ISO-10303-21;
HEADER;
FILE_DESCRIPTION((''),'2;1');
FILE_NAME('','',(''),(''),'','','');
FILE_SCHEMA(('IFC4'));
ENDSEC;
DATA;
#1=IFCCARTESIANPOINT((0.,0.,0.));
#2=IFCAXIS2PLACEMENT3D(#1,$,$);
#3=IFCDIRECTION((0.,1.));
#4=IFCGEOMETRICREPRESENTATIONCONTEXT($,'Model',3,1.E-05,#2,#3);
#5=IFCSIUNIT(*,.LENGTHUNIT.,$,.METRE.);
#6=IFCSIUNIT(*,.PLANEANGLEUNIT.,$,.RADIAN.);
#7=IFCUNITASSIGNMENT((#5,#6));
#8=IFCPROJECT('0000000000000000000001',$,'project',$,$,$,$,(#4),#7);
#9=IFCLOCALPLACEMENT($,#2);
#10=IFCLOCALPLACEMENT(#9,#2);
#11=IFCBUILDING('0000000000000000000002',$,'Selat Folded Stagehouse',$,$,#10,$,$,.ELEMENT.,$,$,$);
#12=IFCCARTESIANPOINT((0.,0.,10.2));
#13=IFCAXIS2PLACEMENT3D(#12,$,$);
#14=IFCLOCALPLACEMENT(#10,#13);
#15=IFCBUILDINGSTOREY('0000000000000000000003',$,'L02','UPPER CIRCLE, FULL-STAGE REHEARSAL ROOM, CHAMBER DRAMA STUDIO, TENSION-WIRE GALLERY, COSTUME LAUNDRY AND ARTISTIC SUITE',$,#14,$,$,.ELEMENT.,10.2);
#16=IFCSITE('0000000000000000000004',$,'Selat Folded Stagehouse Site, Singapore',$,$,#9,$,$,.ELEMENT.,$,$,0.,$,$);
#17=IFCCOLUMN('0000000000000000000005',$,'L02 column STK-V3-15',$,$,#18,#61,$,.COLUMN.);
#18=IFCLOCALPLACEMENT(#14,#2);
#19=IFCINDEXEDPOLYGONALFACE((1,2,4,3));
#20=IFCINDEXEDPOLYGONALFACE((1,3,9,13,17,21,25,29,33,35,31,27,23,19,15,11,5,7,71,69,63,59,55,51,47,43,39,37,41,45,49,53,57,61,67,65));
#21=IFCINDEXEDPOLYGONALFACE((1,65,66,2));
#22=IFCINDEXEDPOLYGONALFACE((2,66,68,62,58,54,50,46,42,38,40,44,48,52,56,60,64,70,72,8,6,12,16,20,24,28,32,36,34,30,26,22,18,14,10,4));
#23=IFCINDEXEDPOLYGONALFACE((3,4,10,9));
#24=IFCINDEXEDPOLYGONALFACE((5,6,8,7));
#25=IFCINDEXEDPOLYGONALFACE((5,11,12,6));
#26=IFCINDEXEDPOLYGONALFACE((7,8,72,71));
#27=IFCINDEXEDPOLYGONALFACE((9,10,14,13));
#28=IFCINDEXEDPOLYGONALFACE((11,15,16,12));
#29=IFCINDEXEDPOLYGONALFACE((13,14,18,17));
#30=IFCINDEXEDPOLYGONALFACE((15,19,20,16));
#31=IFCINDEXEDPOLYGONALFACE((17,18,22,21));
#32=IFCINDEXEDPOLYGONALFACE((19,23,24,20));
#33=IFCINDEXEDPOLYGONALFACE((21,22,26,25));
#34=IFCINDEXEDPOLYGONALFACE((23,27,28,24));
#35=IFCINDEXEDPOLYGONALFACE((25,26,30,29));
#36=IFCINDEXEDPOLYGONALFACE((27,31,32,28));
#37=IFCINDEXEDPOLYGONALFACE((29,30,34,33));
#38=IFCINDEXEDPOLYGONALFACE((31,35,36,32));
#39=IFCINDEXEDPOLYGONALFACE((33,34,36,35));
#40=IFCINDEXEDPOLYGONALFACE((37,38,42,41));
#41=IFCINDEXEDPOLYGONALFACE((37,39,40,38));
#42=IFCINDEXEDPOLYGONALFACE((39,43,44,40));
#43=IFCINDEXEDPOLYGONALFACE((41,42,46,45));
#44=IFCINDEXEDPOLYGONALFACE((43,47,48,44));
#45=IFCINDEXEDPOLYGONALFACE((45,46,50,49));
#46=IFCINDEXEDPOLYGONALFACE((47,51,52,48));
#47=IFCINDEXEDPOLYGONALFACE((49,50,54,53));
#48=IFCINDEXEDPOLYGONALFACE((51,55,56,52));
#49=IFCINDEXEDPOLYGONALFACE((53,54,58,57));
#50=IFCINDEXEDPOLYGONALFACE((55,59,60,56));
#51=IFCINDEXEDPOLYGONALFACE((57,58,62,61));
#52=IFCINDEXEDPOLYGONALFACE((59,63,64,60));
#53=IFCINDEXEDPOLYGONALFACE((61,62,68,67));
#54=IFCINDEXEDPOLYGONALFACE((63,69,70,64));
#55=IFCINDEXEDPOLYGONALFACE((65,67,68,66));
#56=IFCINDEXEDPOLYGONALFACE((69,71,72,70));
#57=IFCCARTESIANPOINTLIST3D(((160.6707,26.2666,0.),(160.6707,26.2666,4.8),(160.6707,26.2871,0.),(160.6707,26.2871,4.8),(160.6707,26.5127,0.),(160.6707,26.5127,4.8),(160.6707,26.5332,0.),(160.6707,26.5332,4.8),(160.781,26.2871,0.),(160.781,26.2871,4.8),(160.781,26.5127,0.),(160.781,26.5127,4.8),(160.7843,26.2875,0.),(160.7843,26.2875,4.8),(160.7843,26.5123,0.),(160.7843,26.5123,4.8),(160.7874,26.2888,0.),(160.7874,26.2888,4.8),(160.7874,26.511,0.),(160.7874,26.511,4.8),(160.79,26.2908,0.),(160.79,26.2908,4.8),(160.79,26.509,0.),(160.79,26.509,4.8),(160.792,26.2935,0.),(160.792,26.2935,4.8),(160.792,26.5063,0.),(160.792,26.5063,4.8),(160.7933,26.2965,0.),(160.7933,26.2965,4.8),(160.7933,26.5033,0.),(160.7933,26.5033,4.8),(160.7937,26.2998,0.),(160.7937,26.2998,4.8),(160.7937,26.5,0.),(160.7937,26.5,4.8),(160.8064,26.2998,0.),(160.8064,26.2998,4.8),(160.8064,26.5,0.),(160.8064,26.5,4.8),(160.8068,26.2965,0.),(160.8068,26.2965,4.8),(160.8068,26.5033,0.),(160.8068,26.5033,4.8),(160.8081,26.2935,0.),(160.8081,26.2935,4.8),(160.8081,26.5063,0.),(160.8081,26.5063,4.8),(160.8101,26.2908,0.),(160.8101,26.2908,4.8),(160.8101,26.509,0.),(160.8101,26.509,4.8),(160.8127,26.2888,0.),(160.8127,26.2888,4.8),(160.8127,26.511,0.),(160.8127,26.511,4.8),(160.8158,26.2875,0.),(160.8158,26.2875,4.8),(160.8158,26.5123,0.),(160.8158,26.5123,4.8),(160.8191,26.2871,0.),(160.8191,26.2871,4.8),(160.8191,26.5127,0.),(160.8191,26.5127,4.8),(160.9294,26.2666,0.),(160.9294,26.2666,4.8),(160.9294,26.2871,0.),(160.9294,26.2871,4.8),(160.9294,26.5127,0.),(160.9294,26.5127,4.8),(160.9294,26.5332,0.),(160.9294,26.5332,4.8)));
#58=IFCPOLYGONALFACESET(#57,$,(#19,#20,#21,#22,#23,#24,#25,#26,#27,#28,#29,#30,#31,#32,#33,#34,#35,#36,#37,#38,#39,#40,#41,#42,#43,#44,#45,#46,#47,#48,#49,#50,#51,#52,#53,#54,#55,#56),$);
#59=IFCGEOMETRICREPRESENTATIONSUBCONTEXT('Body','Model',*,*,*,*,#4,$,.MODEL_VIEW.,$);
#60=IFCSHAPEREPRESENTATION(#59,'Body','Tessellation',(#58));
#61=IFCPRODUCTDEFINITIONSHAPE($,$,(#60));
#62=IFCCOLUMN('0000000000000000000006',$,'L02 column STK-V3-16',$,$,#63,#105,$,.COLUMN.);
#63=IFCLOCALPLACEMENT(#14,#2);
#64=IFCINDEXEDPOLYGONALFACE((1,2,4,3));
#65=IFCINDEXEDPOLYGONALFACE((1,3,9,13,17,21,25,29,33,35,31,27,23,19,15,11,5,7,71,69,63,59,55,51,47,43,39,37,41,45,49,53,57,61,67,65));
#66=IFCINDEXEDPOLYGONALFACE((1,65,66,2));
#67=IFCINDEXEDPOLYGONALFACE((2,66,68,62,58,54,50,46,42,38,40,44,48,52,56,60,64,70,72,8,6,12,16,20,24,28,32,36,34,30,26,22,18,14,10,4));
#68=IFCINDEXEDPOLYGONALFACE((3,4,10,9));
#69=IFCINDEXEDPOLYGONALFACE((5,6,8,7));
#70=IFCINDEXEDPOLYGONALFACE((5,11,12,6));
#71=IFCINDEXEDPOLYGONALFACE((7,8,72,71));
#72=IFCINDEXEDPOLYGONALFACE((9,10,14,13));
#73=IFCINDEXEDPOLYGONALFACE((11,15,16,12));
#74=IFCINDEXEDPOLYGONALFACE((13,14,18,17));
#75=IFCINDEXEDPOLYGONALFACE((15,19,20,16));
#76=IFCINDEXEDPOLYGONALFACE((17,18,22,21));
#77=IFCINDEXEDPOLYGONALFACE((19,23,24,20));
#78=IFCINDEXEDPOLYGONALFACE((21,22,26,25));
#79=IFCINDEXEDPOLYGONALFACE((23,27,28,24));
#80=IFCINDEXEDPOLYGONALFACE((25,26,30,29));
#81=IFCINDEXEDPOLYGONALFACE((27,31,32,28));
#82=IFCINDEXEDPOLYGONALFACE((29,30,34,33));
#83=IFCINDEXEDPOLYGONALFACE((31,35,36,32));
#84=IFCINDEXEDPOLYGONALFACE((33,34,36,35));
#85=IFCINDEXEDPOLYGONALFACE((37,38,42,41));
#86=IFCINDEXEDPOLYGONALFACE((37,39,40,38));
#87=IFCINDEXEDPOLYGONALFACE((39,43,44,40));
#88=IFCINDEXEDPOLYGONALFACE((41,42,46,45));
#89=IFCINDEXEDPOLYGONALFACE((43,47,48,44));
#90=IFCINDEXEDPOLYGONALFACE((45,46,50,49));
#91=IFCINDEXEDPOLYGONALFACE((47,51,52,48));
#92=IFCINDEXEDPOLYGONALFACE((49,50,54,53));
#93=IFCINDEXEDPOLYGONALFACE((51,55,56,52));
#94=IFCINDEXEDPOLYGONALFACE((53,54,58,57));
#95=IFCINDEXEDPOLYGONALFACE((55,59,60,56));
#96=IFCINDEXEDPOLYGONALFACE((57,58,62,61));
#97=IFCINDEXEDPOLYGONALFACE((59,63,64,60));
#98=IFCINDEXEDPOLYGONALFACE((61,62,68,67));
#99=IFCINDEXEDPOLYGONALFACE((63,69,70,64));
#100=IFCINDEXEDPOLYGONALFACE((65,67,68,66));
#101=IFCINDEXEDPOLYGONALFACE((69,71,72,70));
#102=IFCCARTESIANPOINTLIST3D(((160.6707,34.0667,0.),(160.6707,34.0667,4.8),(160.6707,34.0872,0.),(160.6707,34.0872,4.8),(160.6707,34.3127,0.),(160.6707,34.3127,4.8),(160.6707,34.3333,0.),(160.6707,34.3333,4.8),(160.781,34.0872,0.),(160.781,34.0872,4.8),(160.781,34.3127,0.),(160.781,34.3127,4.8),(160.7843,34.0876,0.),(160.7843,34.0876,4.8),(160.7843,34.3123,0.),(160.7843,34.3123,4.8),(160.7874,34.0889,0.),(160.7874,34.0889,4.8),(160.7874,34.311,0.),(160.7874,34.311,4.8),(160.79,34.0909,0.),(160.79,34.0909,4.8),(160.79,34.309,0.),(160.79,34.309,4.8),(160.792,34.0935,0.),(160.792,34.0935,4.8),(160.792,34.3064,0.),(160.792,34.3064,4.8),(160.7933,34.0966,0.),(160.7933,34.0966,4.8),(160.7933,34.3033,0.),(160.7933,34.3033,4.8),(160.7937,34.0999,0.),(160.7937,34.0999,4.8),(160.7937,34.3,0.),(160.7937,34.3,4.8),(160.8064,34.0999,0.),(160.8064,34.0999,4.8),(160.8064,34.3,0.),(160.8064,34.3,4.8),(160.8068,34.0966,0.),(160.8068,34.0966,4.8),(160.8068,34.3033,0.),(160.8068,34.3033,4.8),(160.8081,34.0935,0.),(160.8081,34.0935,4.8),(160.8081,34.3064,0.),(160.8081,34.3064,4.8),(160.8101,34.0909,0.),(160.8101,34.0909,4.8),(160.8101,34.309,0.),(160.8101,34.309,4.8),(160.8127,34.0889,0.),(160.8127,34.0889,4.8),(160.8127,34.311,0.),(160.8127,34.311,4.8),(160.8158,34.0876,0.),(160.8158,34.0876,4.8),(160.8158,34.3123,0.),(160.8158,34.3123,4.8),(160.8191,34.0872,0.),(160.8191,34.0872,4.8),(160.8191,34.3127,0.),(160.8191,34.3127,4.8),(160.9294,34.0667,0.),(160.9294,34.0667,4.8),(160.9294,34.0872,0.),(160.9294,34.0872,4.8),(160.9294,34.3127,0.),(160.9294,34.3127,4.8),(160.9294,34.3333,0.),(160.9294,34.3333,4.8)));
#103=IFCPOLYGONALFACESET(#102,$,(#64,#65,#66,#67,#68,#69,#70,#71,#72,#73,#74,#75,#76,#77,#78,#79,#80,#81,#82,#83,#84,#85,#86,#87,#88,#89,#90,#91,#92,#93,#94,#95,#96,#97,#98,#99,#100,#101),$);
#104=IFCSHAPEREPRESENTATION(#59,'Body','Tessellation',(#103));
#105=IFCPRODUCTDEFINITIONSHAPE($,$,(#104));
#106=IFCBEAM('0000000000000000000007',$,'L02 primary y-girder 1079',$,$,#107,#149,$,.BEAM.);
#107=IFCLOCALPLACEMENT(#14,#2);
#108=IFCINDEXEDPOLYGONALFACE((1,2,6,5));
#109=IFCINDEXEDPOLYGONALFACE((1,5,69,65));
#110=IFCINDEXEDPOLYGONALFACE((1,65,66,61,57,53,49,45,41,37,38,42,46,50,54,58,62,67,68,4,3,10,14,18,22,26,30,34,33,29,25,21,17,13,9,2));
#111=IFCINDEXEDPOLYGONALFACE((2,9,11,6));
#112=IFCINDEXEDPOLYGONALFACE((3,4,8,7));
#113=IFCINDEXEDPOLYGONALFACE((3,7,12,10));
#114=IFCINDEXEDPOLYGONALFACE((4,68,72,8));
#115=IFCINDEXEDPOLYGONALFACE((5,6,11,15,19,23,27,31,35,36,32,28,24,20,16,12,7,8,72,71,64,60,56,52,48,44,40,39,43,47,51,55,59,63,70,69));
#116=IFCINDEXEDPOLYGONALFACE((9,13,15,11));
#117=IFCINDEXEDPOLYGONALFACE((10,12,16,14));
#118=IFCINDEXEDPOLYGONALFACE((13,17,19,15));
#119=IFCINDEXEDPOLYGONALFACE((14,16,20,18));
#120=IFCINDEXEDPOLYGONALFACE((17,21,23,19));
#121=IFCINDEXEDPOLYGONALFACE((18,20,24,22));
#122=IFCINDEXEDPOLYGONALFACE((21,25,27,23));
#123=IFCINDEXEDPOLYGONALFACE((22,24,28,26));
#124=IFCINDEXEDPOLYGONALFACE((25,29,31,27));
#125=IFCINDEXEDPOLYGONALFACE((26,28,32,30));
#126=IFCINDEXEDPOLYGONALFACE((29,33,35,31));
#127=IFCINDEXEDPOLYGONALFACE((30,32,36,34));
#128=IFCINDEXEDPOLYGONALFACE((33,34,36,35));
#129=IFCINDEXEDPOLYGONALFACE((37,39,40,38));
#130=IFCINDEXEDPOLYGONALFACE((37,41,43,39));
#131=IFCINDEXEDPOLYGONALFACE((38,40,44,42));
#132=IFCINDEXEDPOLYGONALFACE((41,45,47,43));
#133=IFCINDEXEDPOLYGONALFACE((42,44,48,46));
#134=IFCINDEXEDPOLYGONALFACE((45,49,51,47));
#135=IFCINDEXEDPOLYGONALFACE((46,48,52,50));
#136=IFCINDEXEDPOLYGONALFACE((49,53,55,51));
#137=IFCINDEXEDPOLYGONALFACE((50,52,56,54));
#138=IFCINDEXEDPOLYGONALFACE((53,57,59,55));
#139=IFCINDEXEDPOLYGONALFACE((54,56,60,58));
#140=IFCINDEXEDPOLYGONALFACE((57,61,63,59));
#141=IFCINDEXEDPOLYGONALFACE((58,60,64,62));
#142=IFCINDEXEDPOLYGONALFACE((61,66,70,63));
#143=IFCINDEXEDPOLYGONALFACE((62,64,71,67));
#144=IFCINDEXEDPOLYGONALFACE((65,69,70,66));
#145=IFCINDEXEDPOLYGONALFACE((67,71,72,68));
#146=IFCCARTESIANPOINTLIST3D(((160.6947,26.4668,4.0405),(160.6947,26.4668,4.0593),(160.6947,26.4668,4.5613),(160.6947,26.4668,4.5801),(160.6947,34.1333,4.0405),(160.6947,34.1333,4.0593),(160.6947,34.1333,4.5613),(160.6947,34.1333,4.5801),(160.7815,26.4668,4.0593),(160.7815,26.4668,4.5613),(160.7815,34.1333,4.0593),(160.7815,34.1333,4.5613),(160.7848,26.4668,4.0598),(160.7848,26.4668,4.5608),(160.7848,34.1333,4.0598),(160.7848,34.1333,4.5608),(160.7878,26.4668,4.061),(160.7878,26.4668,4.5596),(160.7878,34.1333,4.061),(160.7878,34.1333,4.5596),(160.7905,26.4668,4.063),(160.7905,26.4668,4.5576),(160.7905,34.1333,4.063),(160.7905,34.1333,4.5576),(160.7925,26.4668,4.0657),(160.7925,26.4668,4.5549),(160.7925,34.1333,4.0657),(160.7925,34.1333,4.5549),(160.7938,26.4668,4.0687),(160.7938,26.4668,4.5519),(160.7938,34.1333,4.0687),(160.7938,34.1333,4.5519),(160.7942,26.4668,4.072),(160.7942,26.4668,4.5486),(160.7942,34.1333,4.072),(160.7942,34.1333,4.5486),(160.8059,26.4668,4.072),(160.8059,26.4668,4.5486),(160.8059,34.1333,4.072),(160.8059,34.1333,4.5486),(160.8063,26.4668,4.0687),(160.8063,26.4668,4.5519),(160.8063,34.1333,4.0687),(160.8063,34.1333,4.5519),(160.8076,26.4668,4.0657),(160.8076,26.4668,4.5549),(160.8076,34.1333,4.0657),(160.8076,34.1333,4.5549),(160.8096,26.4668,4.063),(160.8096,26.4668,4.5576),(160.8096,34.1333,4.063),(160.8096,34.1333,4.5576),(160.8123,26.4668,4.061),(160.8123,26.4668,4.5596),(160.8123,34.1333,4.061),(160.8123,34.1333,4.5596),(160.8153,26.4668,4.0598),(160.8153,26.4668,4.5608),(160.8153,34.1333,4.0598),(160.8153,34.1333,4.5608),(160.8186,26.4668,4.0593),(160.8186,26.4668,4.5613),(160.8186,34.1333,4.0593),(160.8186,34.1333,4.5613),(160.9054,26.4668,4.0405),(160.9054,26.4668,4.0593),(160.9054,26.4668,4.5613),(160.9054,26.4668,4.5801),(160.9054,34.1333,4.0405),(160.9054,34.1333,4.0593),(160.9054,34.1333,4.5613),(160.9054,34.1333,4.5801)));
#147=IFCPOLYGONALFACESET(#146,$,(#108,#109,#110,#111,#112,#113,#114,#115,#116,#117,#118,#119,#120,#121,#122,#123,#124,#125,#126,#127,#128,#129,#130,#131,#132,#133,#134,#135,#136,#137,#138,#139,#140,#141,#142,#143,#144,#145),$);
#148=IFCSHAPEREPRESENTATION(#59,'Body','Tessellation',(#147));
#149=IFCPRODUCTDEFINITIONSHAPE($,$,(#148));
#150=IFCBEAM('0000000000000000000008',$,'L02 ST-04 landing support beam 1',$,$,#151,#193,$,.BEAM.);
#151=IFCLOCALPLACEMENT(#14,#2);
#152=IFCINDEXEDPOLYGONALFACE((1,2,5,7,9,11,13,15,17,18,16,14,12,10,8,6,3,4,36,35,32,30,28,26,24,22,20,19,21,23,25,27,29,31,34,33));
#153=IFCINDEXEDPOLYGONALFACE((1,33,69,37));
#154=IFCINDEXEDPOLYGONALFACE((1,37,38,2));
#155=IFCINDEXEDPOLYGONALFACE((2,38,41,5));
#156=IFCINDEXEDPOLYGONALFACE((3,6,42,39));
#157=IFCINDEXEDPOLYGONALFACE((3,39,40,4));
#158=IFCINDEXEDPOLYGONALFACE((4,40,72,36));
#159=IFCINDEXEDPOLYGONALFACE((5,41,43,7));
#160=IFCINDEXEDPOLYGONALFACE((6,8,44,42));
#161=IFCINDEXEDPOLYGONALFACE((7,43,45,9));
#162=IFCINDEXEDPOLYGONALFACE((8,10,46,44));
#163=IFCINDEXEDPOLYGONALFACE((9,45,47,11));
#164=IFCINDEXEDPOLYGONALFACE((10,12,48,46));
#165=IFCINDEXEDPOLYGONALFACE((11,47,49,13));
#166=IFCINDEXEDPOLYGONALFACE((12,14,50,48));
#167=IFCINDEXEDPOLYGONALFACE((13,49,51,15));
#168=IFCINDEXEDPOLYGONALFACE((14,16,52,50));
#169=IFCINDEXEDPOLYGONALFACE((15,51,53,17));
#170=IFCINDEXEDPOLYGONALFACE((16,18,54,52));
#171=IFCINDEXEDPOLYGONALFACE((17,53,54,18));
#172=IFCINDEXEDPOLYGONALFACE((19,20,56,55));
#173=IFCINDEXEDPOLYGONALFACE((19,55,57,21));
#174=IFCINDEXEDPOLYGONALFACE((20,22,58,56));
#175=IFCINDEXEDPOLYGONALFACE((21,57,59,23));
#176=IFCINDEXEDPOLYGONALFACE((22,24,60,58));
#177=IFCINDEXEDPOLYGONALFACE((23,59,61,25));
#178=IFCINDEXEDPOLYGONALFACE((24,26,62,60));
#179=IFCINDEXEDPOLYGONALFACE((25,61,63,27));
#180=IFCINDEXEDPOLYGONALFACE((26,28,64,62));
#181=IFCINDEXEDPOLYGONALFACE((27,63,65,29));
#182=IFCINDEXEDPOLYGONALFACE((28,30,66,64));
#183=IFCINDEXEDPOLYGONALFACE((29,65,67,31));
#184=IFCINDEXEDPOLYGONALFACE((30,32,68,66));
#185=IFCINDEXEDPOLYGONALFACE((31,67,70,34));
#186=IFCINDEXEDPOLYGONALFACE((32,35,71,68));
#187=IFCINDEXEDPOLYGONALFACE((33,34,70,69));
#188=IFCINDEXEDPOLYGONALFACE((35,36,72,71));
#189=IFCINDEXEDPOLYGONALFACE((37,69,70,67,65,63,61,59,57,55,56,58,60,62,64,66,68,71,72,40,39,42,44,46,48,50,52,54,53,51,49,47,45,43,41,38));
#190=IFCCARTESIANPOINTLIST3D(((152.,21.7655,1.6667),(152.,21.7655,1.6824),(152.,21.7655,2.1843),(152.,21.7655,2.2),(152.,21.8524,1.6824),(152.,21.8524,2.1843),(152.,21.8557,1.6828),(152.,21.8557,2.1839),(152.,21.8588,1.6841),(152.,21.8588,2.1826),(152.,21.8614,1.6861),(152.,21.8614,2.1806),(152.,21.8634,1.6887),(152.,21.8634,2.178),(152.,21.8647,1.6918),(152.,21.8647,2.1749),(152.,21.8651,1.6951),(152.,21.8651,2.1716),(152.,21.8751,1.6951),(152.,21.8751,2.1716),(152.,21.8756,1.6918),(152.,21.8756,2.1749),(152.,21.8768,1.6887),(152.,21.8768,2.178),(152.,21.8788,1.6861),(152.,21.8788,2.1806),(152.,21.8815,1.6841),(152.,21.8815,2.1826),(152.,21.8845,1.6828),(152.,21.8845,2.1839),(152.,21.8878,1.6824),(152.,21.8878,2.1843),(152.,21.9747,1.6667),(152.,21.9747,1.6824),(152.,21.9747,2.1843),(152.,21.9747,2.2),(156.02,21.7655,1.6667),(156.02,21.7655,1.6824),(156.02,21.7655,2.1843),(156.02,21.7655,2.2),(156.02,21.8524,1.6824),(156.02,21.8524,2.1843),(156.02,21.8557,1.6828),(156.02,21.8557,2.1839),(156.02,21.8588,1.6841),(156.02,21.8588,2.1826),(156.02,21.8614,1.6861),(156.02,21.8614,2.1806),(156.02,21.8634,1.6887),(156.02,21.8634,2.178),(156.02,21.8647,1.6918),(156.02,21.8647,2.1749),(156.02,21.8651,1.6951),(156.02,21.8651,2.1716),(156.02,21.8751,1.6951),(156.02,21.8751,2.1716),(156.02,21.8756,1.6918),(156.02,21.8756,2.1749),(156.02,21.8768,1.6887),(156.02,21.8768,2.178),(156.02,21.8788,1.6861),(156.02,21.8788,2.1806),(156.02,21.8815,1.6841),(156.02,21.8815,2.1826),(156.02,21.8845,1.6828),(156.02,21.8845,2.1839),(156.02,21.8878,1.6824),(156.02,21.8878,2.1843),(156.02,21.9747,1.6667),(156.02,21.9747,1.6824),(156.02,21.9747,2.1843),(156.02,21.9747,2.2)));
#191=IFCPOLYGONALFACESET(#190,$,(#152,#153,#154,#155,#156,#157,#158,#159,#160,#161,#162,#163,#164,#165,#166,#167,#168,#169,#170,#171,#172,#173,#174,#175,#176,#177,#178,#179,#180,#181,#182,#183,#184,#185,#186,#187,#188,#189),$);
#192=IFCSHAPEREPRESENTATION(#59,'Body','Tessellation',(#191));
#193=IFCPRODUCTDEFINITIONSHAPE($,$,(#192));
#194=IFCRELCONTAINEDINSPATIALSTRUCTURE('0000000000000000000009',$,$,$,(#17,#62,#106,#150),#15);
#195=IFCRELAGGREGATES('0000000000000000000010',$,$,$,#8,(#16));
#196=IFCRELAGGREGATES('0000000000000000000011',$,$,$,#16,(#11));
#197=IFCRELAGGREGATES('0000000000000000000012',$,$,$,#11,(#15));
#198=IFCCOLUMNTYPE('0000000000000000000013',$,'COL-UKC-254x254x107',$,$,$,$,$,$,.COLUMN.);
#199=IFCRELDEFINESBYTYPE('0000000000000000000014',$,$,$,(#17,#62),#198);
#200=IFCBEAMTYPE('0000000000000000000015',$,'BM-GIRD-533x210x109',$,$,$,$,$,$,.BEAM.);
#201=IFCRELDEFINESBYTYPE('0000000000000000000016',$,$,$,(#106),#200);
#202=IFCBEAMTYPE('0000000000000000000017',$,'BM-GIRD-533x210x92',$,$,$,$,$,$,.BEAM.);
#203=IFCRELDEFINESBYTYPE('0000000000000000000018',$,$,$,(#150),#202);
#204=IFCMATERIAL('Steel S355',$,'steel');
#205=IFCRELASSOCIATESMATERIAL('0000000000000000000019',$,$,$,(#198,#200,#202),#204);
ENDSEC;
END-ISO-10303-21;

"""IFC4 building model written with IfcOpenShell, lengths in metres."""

from ifc_helpers import new_model, si_unit, direction, frame, origin, origin_2d, place, context, subcontext, project, spatial, i_section, extrude, material, material_profile, profile_set, type_object, element, save


model = new_model("IFC4")

# Units and contexts
model_context = context("Model", 3, precision=1e-05, world=origin(), true_north=direction((0.0, 1.0)))
body_context = subcontext(model_context, "Body", "Model", "MODEL_VIEW")
ifc_project = project(units=[si_unit("LENGTHUNIT", "METRE"), si_unit("PLANEANGLEUNIT", "RADIAN")], contexts=[model_context])

# Site, building, storey
site_placement = place(None, origin())
site = spatial("IfcSite", under=ifc_project, at=site_placement, Name="Selat Folded Stagehouse Site, Singapore", CompositionType="ELEMENT", RefElevation=0.0)
building_placement = place(site_placement, origin())
building = spatial("IfcBuilding", under=site, at=building_placement, Name="Selat Folded Stagehouse", CompositionType="ELEMENT")
storey_placement = place(building_placement, frame((0.0, 0.0, 10.2)))
storey = spatial("IfcBuildingStorey", under=building, at=storey_placement, Name="L02", Description="UPPER CIRCLE, FULL-STAGE REHEARSAL ROOM, CHAMBER DRAMA STUDIO, TENSION-WIRE GALLERY, COSTUME LAUNDRY AND ARTISTIC SUITE", CompositionType="ELEMENT", Elevation=10.2)

# Columns
ifc_material_1 = material(Name="Steel S355", Category="steel")
ifc_material_profile_1 = material_profile(ifc_material_1, i_section(OverallWidth=0.2588, OverallDepth=0.2666, WebThickness=0.0127, FlangeThickness=0.0205, FilletRadius=0.0127, at=origin_2d()), Name="UKC 254x254x107")
ifc_profile_set_1 = profile_set([ifc_material_profile_1], Name="Steel S355")
column_type = type_object("IfcColumnType", Name="COL-UKC-254x254x107", PredefinedType="COLUMN", material=ifc_profile_set_1)
for number, where, z_axis, x_axis, name in (
    (1, (160.8, 26.3999, 0.0), (0.0, 0.0, 1.0), (1.0, 0.0, 0.0), "L02 column STK-V3-15"),
    (2, (160.8, 34.2, 0.0), (0.0, 0.0, 1.0), (1.0, 0.0, 0.0), "L02 column STK-V3-16"),
):
    element("IfcColumn", number, at=place(storey_placement, frame(where, z_axis=z_axis, x_axis=x_axis)), inside=storey, type_object=column_type, Name=name, PredefinedType="COLUMN", context=body_context, shape_type="SweptSolid", body=[
        extrude(i_section(OverallWidth=0.2588, OverallDepth=0.2666, WebThickness=0.0127, FlangeThickness=0.0205, FilletRadius=0.0127, at=origin_2d()), origin(), (0.0, 0.0, 1.0), 4.8),
    ])

# Beams
ifc_material_profile_2 = material_profile(ifc_material_1, i_section(OverallWidth=0.2107, OverallDepth=0.5396, WebThickness=0.0117, FlangeThickness=0.0188, FilletRadius=0.0127, at=origin_2d()), Name="UKB 533x210x109")
ifc_profile_set_2 = profile_set([ifc_material_profile_2], Name="Steel S355")
beam_type_1 = type_object("IfcBeamType", Name="BM-GIRD-533x210x109", PredefinedType="BEAM", material=ifc_profile_set_2)
beam_1_placement = place(storey_placement, frame((160.8, 26.4668, 4.3103), z_axis=(0.0, 1.0, 0.0), x_axis=(-1.0, 0.0, 0.0)))
element("IfcBeam", 3, at=beam_1_placement, inside=storey, type_object=beam_type_1, Name="L02 primary y-girder 1079", PredefinedType="BEAM", context=body_context, shape_type="SweptSolid", body=[
    extrude(i_section(OverallWidth=0.2107, OverallDepth=0.5396, WebThickness=0.0117, FlangeThickness=0.0188, FilletRadius=0.0127, at=origin_2d()), origin(), (0.0, 0.0, 1.0), 7.6665),
])
ifc_material_profile_3 = material_profile(ifc_material_1, i_section(OverallWidth=0.2092, OverallDepth=0.5332, WebThickness=0.01, FlangeThickness=0.0156, FilletRadius=0.0127, at=origin_2d()), Name="UKB 533x210x92")
ifc_profile_set_3 = profile_set([ifc_material_profile_3], Name="Steel S355")
beam_type_2 = type_object("IfcBeamType", Name="BM-GIRD-533x210x92", PredefinedType="BEAM", material=ifc_profile_set_3)
for number, where, z_axis, x_axis, name in (
    (4, (152.0, 21.8701, 1.9333), (1.0, 0.0, 0.0), (0.0, 1.0, 0.0), "L02 ST-04 landing support beam 1"),
):
    element("IfcBeam", number, at=place(storey_placement, frame(where, z_axis=z_axis, x_axis=x_axis)), inside=storey, type_object=beam_type_2, Name=name, PredefinedType="BEAM", context=body_context, shape_type="SweptSolid", body=[
        extrude(i_section(OverallWidth=0.2092, OverallDepth=0.5332, WebThickness=0.01, FlangeThickness=0.0156, FilletRadius=0.0127, at=origin_2d()), origin(), (0.0, 0.0, 1.0), 4.02),
    ])

save(model, "model.ifc")
